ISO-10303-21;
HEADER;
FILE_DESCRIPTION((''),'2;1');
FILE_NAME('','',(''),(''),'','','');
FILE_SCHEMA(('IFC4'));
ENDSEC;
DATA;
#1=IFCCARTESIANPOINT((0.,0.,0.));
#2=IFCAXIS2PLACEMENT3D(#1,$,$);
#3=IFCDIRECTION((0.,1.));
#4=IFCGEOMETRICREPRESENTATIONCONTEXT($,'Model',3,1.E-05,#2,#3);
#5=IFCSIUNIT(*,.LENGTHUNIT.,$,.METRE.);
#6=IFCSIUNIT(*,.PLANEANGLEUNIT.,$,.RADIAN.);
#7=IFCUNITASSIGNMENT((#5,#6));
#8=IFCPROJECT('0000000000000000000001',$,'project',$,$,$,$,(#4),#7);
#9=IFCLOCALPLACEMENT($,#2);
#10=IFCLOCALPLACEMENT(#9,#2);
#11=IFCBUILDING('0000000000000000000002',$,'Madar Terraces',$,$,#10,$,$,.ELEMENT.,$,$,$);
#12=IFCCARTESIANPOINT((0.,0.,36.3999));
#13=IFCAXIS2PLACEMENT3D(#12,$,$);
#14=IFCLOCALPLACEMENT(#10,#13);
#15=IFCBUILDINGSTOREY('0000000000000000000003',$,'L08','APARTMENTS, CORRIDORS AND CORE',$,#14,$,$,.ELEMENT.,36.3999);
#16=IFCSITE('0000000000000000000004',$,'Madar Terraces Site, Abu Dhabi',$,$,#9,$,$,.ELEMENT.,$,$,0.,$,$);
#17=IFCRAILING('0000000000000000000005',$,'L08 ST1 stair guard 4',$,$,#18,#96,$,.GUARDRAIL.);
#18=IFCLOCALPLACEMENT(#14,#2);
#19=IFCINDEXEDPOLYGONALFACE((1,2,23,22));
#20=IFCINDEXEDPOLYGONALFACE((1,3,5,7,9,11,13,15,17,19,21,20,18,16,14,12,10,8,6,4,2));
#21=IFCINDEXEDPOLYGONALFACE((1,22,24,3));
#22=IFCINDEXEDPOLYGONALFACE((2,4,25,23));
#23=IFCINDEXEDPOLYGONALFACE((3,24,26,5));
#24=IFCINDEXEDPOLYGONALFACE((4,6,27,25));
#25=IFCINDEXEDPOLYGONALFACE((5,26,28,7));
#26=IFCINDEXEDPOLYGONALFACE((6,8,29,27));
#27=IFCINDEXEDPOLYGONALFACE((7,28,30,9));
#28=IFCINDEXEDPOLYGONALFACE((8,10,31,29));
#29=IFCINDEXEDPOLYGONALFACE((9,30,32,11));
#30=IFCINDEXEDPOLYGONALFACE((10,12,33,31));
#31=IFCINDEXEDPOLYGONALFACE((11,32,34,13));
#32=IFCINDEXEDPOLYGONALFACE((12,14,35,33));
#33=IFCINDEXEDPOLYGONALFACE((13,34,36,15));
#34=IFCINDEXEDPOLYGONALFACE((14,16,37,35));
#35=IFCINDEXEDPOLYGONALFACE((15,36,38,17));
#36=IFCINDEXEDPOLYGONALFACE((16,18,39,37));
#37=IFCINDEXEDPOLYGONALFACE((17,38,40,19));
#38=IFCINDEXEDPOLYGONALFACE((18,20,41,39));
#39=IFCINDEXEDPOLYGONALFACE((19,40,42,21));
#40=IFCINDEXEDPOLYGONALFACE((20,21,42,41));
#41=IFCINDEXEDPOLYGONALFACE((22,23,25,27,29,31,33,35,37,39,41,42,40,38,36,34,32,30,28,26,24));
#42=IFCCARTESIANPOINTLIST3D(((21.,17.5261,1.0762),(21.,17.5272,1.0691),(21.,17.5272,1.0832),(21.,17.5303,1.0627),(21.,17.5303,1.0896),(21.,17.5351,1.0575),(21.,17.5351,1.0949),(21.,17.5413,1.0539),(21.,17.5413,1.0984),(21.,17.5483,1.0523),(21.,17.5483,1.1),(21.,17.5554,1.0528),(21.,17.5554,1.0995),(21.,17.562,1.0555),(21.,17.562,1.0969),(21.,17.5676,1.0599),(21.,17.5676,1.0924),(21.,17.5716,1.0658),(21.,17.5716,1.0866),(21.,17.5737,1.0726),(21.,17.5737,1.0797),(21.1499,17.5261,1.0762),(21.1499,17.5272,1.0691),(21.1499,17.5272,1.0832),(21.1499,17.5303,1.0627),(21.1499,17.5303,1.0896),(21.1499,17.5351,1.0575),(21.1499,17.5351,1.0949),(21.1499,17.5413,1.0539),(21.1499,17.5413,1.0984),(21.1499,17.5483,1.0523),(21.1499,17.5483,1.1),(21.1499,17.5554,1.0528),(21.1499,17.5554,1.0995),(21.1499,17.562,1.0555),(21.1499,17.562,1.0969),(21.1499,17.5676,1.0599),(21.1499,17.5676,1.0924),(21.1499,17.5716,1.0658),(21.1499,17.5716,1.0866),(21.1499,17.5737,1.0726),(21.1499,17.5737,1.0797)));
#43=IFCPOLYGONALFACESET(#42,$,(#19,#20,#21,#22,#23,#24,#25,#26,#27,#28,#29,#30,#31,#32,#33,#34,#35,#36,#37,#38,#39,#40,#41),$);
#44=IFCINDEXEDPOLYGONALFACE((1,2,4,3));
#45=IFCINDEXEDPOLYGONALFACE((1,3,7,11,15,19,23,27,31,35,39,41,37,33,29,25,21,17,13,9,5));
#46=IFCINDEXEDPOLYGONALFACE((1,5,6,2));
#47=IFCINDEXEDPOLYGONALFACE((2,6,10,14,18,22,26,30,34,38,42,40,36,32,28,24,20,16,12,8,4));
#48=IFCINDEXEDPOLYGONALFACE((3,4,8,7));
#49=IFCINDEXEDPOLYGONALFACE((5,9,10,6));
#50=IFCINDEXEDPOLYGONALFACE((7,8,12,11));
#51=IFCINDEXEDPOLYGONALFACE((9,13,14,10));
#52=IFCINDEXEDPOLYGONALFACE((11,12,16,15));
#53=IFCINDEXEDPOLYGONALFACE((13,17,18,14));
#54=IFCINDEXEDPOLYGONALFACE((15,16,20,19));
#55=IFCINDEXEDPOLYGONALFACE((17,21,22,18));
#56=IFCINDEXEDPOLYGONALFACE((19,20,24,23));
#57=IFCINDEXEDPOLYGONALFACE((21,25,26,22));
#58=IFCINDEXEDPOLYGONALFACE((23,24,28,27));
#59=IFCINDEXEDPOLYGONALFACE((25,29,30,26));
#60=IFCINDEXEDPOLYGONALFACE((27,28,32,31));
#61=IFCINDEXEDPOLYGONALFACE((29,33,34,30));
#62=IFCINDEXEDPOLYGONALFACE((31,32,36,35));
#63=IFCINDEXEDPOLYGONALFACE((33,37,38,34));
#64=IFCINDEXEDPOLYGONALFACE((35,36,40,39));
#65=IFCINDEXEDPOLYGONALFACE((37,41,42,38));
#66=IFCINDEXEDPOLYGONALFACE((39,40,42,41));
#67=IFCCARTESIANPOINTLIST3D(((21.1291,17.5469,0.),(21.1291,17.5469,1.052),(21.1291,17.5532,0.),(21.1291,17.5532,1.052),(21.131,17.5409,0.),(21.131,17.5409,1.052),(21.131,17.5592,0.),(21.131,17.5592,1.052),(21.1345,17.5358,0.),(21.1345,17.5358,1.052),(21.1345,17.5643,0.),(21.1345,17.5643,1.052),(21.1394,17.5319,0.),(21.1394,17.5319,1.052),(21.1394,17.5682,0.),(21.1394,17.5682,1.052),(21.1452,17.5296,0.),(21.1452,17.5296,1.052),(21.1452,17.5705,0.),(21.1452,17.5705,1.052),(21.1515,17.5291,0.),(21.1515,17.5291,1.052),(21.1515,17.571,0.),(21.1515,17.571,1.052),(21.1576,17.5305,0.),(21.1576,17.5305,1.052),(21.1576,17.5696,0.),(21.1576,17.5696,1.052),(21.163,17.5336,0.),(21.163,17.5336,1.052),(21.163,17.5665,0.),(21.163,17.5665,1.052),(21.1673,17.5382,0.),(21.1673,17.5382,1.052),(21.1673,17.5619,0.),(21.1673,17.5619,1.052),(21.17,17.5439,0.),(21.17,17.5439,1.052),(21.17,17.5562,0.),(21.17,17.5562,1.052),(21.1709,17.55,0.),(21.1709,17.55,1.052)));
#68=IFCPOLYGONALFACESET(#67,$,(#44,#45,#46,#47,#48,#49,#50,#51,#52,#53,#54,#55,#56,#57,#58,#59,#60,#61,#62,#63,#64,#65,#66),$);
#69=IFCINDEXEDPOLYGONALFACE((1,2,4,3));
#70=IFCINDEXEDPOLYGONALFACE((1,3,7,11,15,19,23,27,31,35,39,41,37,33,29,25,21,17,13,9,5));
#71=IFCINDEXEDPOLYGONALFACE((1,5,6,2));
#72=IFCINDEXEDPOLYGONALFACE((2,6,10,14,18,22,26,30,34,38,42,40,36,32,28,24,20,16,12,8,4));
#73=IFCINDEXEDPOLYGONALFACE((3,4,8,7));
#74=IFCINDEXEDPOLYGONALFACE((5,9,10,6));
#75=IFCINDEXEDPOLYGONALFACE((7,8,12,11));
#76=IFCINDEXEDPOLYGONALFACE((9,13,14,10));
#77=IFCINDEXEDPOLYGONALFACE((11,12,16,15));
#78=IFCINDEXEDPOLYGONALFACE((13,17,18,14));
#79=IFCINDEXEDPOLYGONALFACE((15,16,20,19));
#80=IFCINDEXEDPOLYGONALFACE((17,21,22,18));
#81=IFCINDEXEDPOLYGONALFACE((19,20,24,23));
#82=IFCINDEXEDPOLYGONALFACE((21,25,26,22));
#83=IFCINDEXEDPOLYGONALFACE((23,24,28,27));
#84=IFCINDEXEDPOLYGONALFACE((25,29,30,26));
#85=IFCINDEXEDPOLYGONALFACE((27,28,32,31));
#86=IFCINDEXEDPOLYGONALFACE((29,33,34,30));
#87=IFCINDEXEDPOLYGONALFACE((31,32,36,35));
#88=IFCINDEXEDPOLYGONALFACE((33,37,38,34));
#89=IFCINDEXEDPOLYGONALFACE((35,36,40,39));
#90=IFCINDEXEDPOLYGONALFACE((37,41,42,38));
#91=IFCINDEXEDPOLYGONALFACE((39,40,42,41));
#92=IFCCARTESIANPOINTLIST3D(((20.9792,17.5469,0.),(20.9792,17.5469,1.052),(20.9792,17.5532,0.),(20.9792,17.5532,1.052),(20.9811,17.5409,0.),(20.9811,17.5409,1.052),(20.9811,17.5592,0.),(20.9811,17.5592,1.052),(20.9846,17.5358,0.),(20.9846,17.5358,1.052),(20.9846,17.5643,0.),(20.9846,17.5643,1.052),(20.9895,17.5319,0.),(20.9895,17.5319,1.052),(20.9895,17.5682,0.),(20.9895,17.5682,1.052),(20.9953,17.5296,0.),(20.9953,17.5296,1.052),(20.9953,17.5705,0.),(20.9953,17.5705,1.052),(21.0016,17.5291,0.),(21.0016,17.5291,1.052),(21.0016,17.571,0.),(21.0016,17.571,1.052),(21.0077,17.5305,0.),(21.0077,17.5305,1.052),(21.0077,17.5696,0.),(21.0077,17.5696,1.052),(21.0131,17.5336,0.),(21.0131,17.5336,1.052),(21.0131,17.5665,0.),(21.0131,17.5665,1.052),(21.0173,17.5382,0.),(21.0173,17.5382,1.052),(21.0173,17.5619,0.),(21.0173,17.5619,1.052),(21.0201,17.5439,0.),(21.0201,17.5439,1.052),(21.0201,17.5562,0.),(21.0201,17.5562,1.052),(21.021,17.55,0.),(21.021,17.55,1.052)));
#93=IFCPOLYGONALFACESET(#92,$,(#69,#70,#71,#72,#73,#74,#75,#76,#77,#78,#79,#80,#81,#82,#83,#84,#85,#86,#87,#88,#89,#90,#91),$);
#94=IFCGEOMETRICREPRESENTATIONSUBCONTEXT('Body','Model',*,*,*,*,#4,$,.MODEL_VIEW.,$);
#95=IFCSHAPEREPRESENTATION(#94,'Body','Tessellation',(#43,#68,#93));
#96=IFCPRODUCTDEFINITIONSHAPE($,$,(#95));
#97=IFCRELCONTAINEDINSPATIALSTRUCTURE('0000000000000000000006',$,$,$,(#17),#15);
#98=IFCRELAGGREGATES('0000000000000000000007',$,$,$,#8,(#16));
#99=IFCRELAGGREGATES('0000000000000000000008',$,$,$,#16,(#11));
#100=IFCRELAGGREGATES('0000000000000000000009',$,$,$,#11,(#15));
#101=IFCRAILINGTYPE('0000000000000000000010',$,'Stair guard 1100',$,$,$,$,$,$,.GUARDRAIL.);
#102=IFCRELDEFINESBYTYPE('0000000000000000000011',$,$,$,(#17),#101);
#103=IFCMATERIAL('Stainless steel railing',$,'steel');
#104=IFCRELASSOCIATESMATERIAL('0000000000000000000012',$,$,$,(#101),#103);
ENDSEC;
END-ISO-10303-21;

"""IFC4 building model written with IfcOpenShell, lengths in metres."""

from ifc_helpers import new_model, si_unit, direction, frame, origin, origin_2d, place, context, subcontext, project, spatial, circle, extrude, material, type_object, element, save


model = new_model("IFC4")

# Units and contexts
model_context = context("Model", 3, precision=1e-05, world=origin(), true_north=direction((0.0, 1.0)))
body_context = subcontext(model_context, "Body", "Model", "MODEL_VIEW")
ifc_project = project(units=[si_unit("LENGTHUNIT", "METRE"), si_unit("PLANEANGLEUNIT", "RADIAN")], contexts=[model_context])

# Site, building, storey
site_placement = place(None, origin())
site = spatial("IfcSite", under=ifc_project, at=site_placement, Name="Madar Terraces Site, Abu Dhabi", CompositionType="ELEMENT", RefElevation=0.0)
building_placement = place(site_placement, origin())
building = spatial("IfcBuilding", under=site, at=building_placement, Name="Madar Terraces", CompositionType="ELEMENT")
storey_placement = place(building_placement, frame((0.0, 0.0, 36.3999)))
storey = spatial("IfcBuildingStorey", under=building, at=storey_placement, Name="L08", Description="APARTMENTS, CORRIDORS AND CORE", CompositionType="ELEMENT", Elevation=36.3999)

# Railing
ifc_material_1 = material(Name="Stainless steel railing", Category="steel")
railing_type_1 = type_object("IfcRailingType", Name="Stair guard 1100", PredefinedType="GUARDRAIL", material=ifc_material_1)
railing_1_placement = place(storey_placement, frame((21.1499, 17.55, 0.0)))
element("IfcRailing", 1, at=railing_1_placement, inside=storey, type_object=railing_type_1, Name="L08 ST1 stair guard 4", PredefinedType="GUARDRAIL", context=body_context, shape_type="SweptSolid", body=[
    extrude(circle(Radius=0.0239, at=origin_2d()), frame((0.0, 0.0, 1.0762), z_axis=(-1.0, 0.0, 0.0), x_axis=(0.0, -1.0, 0.0)), (0.0, 0.0, 1.0), 0.1499),
    extrude(circle(Radius=0.021, at=origin_2d()), origin(), (0.0, 0.0, 1.0), 1.052),
    extrude(circle(Radius=0.021, at=origin_2d()), frame((-0.1499, 0.0, 0.0)), (0.0, 0.0, 1.0), 1.052),
])

save(model, "model.ifc")
